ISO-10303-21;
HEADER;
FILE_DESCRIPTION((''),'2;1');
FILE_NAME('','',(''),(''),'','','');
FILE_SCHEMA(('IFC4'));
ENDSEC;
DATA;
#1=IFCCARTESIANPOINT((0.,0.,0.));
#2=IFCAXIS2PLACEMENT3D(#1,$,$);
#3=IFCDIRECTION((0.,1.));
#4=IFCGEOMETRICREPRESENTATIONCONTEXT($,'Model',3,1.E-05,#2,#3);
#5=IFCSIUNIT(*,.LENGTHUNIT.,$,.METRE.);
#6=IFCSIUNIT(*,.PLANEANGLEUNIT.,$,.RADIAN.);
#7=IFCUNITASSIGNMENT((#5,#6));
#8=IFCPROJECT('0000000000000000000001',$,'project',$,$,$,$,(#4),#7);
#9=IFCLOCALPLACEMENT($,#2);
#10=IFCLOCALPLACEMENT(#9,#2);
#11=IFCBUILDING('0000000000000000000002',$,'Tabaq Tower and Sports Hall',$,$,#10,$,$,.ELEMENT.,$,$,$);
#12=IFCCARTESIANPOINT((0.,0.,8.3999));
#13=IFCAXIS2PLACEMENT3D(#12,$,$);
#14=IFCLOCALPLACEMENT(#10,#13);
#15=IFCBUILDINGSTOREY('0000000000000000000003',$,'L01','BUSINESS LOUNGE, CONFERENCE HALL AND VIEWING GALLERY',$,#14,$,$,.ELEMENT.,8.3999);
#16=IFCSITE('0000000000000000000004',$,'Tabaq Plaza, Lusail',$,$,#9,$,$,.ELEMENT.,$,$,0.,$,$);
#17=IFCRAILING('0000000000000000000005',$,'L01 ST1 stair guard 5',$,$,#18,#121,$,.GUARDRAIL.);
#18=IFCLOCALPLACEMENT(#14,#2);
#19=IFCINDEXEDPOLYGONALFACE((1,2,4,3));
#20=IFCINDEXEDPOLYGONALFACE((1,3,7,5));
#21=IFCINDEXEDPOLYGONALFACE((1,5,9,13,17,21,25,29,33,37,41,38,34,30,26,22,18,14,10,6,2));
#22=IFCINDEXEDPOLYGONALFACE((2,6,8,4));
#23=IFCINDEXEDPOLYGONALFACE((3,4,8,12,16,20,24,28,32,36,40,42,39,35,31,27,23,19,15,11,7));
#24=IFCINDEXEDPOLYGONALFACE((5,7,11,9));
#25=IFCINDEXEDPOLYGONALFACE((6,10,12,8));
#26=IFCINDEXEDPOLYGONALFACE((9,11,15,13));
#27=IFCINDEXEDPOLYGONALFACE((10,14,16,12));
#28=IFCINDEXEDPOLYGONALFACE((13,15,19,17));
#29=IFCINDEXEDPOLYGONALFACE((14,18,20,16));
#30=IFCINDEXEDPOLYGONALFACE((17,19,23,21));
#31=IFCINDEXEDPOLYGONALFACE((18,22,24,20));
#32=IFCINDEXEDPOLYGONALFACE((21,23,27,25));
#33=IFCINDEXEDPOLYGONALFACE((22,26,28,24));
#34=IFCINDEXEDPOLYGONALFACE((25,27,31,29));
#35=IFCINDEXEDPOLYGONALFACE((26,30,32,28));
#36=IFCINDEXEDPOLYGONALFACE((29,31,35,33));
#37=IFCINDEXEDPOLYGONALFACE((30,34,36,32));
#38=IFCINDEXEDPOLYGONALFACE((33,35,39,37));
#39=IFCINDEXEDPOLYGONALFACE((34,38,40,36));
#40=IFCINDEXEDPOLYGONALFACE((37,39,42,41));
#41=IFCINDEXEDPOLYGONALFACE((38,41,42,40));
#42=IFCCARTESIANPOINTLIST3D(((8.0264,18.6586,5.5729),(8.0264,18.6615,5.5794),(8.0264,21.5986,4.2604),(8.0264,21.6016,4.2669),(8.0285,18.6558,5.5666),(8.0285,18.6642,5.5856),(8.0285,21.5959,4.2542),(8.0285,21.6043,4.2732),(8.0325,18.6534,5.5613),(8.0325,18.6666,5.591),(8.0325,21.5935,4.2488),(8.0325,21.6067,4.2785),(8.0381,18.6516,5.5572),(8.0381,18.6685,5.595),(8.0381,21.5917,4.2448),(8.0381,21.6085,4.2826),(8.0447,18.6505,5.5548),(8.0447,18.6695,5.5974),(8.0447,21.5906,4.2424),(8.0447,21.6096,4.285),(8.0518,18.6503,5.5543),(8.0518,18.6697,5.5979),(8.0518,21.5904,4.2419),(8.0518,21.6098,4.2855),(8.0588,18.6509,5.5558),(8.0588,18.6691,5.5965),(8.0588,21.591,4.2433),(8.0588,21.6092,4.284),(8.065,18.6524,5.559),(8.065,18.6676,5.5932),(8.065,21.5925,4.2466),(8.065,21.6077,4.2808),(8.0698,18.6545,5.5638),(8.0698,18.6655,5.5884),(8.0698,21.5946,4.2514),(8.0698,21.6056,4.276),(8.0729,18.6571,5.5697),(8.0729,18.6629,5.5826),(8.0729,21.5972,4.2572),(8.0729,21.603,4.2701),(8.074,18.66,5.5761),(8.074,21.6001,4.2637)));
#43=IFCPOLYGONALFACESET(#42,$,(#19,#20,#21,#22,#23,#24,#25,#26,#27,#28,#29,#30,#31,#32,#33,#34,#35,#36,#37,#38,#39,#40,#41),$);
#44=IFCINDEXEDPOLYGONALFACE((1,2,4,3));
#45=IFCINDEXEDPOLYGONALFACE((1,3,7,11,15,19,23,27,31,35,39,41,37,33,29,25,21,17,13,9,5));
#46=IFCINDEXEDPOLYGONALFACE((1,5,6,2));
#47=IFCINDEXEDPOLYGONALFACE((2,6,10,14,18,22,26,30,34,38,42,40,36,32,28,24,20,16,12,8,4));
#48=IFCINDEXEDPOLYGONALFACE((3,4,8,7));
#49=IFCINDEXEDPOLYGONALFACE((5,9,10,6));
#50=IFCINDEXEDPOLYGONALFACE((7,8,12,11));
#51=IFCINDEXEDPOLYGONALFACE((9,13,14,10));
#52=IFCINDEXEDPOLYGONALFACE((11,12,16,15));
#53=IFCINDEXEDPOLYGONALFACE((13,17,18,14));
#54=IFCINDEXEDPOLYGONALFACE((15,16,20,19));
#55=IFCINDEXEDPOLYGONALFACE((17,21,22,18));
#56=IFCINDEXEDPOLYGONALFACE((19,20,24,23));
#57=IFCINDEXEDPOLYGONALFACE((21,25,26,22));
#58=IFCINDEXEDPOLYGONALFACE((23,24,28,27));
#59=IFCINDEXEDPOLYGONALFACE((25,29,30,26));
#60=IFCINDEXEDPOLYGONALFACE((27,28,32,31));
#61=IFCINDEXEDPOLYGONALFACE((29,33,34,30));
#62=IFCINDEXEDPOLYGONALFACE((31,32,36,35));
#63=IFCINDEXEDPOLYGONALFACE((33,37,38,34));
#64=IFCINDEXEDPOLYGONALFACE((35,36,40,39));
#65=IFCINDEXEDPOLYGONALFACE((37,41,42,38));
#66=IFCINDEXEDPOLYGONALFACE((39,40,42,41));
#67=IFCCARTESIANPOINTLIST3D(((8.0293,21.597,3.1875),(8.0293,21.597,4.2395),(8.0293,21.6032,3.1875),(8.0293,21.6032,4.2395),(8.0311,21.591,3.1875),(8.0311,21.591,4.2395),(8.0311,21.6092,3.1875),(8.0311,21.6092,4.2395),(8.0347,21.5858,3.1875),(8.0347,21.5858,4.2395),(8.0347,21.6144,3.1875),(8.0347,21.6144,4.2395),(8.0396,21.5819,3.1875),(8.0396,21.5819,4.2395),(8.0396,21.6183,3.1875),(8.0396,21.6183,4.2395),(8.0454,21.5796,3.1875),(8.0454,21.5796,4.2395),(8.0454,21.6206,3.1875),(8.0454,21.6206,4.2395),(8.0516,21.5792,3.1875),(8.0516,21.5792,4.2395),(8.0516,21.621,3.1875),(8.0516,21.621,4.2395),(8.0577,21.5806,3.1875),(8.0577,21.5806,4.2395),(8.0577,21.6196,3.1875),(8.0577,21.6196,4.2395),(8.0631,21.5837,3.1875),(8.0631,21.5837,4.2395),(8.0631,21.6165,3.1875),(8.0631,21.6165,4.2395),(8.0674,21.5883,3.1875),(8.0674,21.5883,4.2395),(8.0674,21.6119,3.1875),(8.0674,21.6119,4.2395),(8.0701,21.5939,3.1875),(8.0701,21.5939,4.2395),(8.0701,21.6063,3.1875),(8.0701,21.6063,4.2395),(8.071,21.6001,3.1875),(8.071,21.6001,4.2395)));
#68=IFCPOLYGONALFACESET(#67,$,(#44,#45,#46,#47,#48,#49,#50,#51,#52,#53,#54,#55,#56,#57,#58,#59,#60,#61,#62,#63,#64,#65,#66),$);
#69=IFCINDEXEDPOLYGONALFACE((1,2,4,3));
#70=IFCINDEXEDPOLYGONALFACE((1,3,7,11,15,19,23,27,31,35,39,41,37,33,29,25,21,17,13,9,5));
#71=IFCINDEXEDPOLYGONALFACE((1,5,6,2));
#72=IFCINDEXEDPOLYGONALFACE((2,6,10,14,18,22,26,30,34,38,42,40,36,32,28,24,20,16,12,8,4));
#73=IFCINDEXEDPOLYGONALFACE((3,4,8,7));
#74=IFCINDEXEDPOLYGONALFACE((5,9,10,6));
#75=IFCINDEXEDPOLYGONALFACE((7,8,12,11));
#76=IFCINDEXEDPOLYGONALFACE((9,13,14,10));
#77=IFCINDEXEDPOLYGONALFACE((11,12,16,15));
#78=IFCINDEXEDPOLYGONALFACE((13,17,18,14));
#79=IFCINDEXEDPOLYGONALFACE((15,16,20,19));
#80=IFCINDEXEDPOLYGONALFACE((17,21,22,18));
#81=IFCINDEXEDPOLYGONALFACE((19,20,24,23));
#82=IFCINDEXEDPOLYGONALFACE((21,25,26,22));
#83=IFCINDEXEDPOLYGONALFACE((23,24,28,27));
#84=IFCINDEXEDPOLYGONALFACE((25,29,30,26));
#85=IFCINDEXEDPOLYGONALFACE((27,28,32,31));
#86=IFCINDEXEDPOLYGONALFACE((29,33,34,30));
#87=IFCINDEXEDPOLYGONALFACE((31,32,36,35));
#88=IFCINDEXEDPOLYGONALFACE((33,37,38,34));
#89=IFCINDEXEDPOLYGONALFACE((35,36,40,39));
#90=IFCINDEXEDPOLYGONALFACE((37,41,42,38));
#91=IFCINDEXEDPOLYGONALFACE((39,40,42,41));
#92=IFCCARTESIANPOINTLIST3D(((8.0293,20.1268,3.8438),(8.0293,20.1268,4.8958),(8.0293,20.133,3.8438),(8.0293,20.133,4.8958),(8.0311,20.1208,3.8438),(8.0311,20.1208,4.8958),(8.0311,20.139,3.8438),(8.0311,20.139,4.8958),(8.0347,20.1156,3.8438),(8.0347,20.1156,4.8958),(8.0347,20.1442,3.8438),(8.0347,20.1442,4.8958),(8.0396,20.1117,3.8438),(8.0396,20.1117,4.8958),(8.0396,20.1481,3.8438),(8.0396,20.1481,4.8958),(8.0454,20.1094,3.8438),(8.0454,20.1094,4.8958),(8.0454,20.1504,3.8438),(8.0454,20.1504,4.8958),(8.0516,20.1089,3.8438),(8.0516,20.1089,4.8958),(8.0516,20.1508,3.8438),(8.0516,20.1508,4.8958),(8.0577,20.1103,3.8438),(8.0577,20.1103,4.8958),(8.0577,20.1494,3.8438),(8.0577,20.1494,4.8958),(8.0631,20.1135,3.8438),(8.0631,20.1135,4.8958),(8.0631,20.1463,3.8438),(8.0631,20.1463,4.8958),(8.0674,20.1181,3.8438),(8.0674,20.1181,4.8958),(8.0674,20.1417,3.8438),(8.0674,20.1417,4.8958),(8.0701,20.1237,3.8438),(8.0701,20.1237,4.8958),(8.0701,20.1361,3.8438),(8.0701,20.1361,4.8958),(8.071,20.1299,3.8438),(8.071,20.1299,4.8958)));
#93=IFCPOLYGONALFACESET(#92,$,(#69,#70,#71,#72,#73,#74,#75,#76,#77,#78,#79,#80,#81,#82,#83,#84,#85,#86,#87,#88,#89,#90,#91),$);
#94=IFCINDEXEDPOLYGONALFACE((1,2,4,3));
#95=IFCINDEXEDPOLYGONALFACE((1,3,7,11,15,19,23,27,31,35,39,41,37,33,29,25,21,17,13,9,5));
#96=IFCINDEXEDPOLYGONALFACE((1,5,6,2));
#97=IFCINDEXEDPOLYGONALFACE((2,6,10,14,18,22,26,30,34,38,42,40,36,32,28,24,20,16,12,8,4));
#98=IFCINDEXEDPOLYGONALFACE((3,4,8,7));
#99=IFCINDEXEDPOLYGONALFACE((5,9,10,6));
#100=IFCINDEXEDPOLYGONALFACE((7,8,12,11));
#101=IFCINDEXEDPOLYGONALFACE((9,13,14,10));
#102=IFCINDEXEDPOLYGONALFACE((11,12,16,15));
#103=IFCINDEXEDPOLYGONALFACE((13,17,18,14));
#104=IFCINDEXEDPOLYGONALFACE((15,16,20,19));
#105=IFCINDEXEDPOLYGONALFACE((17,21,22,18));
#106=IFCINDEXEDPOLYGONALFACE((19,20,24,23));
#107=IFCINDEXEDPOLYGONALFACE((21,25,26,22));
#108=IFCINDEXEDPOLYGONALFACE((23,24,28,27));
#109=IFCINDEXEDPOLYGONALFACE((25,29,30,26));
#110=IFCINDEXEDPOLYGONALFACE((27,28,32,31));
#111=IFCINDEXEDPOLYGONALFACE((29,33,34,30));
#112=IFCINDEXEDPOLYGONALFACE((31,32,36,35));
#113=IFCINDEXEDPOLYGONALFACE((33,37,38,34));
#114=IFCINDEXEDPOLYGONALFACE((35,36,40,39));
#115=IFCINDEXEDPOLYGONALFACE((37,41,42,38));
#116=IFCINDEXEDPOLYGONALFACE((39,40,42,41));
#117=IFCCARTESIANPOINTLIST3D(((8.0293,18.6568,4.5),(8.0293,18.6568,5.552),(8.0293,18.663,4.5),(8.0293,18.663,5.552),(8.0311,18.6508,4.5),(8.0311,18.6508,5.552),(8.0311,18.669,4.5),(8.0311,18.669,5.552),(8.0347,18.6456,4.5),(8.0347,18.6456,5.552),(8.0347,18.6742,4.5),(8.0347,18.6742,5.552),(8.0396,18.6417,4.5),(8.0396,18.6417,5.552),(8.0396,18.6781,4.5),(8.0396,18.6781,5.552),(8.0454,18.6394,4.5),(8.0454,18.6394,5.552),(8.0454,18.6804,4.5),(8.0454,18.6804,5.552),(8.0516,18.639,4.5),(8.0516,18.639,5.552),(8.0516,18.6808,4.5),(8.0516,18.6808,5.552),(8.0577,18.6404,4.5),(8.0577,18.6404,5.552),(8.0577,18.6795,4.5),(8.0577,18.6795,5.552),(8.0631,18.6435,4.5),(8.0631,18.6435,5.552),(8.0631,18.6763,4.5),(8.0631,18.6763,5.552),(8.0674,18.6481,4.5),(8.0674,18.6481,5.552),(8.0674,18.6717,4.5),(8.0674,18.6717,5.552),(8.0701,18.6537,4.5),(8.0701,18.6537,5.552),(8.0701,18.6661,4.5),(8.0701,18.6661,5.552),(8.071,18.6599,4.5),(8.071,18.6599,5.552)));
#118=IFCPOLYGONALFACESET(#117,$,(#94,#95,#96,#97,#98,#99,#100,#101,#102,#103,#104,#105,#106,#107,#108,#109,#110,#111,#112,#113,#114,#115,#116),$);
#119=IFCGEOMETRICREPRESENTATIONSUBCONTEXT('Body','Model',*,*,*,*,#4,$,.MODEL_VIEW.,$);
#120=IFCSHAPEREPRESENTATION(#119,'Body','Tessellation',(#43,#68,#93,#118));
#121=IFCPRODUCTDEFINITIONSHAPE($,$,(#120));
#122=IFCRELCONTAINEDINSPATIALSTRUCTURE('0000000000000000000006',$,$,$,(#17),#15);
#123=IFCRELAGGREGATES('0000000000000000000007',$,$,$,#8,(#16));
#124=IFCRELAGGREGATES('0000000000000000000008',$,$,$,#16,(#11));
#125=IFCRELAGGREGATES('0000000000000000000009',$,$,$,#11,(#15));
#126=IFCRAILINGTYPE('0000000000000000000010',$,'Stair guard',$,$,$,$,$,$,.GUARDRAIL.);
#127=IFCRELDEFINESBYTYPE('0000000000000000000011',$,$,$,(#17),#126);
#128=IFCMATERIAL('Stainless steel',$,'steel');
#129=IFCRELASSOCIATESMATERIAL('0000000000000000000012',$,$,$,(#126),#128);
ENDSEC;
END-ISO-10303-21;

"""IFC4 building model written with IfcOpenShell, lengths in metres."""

from ifc_helpers import new_model, si_unit, direction, frame, origin, origin_2d, place, context, subcontext, project, spatial, circle, extrude, material, type_object, element, save


model = new_model("IFC4")

# Units and contexts
model_context = context("Model", 3, precision=1e-05, world=origin(), true_north=direction((0.0, 1.0)))
body_context = subcontext(model_context, "Body", "Model", "MODEL_VIEW")
ifc_project = project(units=[si_unit("LENGTHUNIT", "METRE"), si_unit("PLANEANGLEUNIT", "RADIAN")], contexts=[model_context])

# Site, building, storey
site_placement = place(None, origin())
site = spatial("IfcSite", under=ifc_project, at=site_placement, Name="Tabaq Plaza, Lusail", CompositionType="ELEMENT", RefElevation=0.0)
building_placement = place(site_placement, origin())
building = spatial("IfcBuilding", under=site, at=building_placement, Name="Tabaq Tower and Sports Hall", CompositionType="ELEMENT")
storey_placement = place(building_placement, frame((0.0, 0.0, 8.3999)))
storey = spatial("IfcBuildingStorey", under=building, at=storey_placement, Name="L01", Description="BUSINESS LOUNGE, CONFERENCE HALL AND VIEWING GALLERY", CompositionType="ELEMENT", Elevation=8.3999)

# Railing
ifc_material_1 = material(Name="Stainless steel", Category="steel")
railing_type_1 = type_object("IfcRailingType", Name="Stair guard", PredefinedType="GUARDRAIL", material=ifc_material_1)
railing_1_placement = place(storey_placement, frame((8.05, 21.6001, 3.1875)))
element("IfcRailing", 1, at=railing_1_placement, inside=storey, type_object=railing_type_1, Name="L01 ST1 stair guard 5", PredefinedType="GUARDRAIL", context=body_context, shape_type="SweptSolid", body=[
    extrude(circle(Radius=0.0239, at=origin_2d()), frame((0.0, 0.0, 1.0762), z_axis=(0.0, -0.913147, 0.407629), x_axis=(1.0, 0.0, 0.0)), (0.0, 0.0, 1.0), 3.2197),
    extrude(circle(Radius=0.021, at=origin_2d()), origin(), (0.0, 0.0, 1.0), 1.052),
    extrude(circle(Radius=0.021, at=origin_2d()), frame((0.0, -1.4702, 0.6562)), (0.0, 0.0, 1.0), 1.052),
    extrude(circle(Radius=0.021, at=origin_2d()), frame((0.0, -2.9402, 1.3125)), (0.0, 0.0, 1.0), 1.052),
])

save(model, "model.ifc")
